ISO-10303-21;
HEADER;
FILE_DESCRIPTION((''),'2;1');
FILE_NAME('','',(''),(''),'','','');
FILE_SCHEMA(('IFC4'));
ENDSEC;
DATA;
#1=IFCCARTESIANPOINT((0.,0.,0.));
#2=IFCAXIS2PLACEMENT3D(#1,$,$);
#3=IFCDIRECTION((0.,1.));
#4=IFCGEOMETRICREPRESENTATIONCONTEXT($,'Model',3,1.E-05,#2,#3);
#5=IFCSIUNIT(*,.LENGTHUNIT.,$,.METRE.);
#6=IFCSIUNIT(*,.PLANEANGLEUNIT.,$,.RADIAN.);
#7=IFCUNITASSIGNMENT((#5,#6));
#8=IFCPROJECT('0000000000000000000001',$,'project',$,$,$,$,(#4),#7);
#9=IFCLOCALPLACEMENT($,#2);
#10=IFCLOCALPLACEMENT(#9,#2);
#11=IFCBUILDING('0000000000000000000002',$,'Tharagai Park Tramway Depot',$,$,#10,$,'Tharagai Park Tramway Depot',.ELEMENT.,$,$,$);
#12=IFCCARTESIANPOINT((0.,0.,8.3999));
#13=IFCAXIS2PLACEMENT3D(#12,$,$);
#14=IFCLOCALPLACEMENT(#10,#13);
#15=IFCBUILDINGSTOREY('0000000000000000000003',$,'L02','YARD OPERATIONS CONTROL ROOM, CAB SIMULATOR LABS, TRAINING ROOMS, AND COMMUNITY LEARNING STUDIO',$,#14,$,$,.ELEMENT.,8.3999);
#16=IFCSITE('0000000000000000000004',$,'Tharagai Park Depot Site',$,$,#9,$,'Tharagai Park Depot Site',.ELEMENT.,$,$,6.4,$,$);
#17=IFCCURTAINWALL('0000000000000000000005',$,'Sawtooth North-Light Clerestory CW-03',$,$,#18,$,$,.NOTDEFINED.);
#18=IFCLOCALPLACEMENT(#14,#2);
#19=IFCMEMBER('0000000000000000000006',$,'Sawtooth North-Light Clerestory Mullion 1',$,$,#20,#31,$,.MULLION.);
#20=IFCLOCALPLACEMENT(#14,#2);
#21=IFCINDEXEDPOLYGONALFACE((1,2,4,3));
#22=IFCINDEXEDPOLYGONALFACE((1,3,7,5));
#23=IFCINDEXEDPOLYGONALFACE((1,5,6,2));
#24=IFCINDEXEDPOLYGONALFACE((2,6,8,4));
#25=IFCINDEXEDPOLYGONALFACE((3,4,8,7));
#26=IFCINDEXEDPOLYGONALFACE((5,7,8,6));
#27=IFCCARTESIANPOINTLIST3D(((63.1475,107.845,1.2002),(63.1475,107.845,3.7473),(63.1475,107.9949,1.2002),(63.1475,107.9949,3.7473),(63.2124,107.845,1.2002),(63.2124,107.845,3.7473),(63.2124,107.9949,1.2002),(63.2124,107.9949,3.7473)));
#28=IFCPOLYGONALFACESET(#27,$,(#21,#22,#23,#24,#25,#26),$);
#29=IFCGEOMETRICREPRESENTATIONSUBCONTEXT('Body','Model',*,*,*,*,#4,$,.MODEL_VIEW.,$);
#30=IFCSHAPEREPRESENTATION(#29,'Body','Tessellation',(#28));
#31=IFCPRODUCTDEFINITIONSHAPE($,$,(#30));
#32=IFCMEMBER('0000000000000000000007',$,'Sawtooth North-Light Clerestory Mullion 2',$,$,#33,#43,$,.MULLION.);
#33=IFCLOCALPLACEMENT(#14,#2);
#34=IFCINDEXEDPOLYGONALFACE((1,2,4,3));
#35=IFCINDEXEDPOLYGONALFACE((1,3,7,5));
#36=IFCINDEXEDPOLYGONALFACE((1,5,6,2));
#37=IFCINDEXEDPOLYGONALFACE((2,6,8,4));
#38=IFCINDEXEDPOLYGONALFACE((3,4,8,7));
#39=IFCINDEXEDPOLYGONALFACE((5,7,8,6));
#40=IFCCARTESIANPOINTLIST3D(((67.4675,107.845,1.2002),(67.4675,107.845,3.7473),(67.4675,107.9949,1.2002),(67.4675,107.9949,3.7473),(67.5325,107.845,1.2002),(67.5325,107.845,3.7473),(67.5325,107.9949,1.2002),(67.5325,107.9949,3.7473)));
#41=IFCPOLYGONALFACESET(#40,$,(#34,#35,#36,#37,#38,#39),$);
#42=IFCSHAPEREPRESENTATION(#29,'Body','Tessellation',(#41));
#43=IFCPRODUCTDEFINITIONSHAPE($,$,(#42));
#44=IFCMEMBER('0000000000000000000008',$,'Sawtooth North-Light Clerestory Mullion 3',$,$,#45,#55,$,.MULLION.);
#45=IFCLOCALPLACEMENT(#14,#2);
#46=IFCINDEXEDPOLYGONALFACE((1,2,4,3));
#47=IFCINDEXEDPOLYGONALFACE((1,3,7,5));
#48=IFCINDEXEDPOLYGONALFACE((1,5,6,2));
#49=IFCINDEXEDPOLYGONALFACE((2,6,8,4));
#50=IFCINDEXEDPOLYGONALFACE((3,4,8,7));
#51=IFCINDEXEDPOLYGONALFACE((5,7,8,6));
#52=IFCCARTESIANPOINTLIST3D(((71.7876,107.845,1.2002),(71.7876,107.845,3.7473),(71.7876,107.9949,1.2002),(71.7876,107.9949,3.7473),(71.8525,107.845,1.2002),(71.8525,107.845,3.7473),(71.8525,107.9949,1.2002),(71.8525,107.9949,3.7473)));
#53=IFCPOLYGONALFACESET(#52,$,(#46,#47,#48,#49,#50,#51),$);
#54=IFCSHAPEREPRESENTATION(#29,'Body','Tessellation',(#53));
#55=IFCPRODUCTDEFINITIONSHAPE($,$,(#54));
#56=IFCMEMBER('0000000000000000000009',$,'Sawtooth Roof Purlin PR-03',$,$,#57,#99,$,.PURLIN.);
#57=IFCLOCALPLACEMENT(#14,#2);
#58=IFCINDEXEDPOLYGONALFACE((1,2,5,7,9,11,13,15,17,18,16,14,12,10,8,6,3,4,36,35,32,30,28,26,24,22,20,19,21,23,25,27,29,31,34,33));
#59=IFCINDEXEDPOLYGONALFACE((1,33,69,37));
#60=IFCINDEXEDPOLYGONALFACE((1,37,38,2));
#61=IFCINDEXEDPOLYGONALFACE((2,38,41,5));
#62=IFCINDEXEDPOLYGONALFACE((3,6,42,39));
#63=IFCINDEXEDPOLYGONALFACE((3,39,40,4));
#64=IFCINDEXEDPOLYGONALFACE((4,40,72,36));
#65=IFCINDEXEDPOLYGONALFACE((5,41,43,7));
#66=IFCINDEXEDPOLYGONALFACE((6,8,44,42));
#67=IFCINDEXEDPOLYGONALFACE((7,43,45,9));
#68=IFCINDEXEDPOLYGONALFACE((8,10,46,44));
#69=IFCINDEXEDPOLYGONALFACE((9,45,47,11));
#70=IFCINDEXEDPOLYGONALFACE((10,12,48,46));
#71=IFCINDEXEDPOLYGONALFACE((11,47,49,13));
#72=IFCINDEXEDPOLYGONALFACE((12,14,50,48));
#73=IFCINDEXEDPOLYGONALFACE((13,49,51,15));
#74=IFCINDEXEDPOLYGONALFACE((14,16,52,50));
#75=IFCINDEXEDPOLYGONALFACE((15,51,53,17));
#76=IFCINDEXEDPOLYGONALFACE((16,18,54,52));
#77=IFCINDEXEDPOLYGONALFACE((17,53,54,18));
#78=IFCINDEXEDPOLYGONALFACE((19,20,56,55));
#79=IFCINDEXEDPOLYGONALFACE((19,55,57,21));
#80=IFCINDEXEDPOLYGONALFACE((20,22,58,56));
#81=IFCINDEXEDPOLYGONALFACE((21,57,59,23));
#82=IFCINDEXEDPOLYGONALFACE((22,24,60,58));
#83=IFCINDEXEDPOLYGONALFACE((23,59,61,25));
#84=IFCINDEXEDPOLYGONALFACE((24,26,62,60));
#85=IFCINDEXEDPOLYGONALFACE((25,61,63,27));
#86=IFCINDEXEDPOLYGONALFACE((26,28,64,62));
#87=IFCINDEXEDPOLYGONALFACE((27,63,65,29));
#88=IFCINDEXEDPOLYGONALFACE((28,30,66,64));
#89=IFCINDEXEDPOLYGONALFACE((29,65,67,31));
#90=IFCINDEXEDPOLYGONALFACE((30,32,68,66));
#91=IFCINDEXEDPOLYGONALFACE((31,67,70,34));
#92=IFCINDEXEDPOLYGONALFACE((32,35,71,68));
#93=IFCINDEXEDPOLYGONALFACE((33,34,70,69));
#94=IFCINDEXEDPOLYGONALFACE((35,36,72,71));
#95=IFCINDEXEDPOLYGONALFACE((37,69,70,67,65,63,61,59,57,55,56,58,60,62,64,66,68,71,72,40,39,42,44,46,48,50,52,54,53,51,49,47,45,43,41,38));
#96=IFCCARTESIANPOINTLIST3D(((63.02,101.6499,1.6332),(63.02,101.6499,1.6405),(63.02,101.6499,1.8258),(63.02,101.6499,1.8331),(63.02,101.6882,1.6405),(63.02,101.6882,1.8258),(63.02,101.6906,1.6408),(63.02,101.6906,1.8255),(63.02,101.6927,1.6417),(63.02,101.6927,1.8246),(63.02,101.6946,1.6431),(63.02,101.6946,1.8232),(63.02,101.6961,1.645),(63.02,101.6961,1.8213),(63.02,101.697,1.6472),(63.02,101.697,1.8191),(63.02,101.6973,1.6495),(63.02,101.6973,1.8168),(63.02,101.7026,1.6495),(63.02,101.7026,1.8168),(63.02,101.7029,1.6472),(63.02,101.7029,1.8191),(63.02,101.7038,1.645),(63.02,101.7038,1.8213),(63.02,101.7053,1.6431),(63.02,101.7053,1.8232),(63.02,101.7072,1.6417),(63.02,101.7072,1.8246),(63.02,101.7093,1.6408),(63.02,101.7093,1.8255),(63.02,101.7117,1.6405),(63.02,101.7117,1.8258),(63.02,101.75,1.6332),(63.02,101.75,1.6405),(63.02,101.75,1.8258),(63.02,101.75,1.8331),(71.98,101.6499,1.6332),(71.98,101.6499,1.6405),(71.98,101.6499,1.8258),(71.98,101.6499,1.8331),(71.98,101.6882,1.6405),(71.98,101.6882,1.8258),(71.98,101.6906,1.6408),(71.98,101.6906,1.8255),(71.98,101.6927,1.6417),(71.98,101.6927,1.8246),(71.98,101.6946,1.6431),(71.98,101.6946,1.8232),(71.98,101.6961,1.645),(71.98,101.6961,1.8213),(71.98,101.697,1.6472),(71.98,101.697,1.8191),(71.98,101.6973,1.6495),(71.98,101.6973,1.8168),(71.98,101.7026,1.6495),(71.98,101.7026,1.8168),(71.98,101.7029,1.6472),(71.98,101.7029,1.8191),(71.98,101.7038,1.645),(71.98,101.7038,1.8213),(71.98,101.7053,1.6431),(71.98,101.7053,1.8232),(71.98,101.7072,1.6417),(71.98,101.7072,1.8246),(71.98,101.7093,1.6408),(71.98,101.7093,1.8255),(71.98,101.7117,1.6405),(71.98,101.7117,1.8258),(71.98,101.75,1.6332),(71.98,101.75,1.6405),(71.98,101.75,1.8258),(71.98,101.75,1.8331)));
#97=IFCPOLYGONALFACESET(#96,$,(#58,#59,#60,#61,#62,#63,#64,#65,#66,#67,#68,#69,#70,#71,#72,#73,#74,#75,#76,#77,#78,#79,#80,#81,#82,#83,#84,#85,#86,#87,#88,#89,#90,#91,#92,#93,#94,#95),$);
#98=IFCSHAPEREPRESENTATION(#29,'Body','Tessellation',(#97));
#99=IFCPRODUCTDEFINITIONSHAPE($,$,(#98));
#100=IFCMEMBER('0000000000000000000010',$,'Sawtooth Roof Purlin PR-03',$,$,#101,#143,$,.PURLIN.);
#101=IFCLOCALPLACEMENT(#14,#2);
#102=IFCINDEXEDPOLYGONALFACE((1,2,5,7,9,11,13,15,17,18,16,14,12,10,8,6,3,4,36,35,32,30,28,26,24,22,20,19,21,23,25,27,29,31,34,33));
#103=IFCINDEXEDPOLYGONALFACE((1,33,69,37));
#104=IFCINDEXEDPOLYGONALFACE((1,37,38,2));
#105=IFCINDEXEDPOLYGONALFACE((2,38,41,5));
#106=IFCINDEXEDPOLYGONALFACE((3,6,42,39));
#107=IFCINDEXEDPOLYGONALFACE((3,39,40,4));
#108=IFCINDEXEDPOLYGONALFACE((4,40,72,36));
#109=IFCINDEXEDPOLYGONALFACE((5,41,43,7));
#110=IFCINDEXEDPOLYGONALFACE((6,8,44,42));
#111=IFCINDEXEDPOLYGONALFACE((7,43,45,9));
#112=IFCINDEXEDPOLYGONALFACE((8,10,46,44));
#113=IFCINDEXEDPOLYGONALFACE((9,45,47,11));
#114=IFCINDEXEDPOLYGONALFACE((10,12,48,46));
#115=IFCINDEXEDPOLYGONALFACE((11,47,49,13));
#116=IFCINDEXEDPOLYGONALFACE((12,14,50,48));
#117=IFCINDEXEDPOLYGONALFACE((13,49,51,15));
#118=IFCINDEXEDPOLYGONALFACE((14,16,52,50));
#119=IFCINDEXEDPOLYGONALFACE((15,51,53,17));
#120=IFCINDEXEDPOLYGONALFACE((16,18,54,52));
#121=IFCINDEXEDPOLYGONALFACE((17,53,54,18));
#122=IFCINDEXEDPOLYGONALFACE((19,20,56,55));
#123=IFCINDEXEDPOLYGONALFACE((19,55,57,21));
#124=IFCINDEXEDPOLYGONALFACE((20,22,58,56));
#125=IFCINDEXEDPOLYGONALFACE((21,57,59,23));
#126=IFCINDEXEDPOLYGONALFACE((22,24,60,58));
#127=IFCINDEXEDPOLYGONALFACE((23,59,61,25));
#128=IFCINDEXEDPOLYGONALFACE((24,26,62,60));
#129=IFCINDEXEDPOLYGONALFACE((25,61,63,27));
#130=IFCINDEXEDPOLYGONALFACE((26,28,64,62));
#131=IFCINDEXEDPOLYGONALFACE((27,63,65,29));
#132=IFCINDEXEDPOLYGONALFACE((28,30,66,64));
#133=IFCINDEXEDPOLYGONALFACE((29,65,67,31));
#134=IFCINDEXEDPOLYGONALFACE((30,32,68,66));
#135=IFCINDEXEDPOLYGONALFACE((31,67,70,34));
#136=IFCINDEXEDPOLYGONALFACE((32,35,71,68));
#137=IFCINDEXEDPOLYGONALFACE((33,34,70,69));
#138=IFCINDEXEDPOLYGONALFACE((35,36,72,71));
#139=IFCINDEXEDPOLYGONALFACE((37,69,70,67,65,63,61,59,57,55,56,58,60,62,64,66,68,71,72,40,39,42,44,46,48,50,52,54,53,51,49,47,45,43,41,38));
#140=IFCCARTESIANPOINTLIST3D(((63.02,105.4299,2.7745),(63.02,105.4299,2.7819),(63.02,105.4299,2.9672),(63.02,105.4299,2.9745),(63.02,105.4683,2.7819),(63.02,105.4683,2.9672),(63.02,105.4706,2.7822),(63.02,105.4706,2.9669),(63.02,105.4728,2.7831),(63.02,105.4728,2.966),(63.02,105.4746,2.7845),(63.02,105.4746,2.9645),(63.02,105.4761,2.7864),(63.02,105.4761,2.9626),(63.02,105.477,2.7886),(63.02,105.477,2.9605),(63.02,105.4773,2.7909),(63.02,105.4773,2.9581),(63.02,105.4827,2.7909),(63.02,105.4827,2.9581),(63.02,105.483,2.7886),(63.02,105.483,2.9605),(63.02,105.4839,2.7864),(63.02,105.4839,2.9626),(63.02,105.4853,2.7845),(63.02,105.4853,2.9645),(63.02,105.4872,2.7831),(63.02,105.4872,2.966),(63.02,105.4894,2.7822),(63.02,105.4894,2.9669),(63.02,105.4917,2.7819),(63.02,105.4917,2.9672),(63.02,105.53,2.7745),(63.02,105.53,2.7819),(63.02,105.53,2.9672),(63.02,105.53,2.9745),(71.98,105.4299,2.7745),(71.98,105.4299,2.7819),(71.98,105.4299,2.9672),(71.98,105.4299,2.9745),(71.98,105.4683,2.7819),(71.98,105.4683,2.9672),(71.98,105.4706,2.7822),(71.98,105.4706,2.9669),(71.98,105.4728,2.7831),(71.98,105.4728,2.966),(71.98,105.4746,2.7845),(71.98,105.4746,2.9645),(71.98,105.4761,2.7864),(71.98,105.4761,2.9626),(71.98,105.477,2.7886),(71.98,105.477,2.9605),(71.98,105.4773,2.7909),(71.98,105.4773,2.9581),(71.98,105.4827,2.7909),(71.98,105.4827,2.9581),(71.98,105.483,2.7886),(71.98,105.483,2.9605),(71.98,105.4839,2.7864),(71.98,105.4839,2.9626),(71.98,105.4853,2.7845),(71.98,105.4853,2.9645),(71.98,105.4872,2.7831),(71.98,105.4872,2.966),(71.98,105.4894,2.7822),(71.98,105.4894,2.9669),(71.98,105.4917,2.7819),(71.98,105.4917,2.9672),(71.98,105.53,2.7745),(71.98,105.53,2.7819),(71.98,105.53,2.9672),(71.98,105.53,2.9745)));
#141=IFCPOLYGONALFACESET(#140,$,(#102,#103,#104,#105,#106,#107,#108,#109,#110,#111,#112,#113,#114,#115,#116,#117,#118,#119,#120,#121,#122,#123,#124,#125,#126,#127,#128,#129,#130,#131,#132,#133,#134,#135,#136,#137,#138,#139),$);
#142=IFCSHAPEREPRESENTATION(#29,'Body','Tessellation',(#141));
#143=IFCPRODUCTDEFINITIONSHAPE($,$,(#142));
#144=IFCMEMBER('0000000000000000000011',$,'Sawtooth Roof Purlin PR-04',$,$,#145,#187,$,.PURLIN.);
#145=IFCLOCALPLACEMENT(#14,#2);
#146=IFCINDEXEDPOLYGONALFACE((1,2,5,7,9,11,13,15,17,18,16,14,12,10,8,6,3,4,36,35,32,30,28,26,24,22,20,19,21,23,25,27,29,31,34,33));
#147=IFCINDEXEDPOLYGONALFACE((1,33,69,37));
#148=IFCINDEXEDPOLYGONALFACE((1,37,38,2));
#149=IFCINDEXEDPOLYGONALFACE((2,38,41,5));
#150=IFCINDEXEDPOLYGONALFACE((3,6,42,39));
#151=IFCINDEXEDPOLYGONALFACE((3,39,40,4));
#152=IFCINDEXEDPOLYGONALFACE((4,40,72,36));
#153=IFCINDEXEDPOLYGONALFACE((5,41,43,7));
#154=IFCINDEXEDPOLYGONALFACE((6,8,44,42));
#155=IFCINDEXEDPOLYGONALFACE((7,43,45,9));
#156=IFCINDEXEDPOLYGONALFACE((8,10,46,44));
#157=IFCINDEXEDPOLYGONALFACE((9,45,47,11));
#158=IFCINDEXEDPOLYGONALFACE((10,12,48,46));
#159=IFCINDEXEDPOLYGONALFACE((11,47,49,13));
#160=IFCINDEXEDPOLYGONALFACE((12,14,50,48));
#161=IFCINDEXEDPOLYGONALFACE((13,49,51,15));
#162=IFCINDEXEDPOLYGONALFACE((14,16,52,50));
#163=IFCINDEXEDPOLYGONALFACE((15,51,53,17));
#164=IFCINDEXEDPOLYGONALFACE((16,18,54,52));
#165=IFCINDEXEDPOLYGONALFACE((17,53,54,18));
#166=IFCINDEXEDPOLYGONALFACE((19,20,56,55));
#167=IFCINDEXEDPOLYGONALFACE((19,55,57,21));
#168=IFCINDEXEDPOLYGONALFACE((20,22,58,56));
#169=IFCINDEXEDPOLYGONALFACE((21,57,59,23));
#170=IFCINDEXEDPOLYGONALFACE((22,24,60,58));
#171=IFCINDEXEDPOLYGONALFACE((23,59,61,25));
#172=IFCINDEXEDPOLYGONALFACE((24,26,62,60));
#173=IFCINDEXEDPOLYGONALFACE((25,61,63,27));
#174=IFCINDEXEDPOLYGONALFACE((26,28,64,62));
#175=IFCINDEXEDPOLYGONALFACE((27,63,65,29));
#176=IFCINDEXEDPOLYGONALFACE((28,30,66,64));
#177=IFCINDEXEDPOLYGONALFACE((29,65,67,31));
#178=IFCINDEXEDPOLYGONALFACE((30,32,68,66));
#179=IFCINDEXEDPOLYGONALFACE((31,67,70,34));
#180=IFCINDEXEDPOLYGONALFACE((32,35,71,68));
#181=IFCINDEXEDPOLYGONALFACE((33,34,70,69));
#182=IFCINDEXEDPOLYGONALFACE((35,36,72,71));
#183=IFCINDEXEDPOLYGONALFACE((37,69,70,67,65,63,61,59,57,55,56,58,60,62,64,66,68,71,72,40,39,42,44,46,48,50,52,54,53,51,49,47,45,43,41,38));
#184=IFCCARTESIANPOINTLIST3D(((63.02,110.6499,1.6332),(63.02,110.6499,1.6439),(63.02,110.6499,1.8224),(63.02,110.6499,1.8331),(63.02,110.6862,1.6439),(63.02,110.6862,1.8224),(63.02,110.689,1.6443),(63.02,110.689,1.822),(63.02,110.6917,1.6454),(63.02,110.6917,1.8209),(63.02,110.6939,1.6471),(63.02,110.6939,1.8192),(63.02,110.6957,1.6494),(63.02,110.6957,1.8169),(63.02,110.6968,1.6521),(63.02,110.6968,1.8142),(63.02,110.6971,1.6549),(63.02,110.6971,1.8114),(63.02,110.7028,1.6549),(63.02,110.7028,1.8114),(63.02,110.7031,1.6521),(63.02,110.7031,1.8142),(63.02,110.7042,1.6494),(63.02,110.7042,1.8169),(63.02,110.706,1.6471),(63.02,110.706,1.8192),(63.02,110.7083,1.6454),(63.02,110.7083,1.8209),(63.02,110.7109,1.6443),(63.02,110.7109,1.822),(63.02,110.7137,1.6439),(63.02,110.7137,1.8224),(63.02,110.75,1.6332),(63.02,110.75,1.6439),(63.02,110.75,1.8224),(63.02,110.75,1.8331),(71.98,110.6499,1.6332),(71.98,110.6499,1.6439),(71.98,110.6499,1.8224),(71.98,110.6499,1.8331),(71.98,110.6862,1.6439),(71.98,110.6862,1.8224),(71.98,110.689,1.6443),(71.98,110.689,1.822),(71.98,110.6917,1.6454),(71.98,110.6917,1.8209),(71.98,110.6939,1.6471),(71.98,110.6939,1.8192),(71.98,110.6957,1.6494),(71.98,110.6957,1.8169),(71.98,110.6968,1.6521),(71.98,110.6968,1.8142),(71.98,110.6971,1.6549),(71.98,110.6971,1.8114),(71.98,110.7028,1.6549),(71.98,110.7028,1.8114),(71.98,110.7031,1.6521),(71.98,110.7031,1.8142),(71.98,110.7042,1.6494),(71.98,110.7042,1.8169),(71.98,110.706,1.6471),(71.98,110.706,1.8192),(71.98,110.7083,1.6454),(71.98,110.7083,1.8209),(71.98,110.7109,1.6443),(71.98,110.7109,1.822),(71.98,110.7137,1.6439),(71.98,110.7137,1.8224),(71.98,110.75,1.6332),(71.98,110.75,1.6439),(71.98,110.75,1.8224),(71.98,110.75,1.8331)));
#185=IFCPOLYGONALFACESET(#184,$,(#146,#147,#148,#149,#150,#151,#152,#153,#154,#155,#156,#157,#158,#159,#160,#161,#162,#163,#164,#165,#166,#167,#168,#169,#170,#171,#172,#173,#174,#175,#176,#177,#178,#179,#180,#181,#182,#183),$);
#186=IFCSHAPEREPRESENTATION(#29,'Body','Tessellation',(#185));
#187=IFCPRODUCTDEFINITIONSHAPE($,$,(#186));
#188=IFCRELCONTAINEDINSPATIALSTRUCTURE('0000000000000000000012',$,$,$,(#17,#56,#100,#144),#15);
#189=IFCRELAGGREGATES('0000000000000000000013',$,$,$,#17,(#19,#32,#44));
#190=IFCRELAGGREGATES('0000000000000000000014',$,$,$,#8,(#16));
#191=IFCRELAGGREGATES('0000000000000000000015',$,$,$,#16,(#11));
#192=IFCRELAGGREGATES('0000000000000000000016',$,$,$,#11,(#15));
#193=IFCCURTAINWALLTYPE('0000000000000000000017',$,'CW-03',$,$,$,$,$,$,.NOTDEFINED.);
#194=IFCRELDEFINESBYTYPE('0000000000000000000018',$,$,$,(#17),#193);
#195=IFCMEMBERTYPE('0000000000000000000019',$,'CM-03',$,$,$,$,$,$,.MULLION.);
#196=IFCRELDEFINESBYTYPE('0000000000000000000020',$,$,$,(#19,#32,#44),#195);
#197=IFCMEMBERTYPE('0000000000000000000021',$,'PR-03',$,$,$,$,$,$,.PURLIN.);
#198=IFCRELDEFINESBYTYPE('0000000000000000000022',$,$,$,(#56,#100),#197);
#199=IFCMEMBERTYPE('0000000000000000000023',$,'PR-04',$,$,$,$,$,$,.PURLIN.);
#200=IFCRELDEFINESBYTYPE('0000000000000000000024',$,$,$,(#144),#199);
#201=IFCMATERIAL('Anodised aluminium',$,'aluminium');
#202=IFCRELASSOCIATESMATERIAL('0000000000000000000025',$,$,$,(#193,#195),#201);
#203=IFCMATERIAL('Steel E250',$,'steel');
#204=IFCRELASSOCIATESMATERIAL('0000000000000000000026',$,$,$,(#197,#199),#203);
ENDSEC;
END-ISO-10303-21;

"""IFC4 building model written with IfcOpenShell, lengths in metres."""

from ifc_helpers import new_model, si_unit, direction, frame, origin, origin_2d, place, context, subcontext, project, spatial, rectangle, i_section, extrude, material, material_profile, profile_set, type_object, element, aggregate, save


model = new_model("IFC4")

# Units and contexts
model_context = context("Model", 3, precision=1e-05, world=origin(), true_north=direction((0.0, 1.0)))
body_context = subcontext(model_context, "Body", "Model", "MODEL_VIEW")
ifc_project = project(units=[si_unit("LENGTHUNIT", "METRE"), si_unit("PLANEANGLEUNIT", "RADIAN")], contexts=[model_context])

# Site, building, storey
site_placement = place(None, origin())
site = spatial("IfcSite", under=ifc_project, at=site_placement, Name="Tharagai Park Depot Site", LongName="Tharagai Park Depot Site", CompositionType="ELEMENT", RefElevation=6.4)
building_placement = place(site_placement, origin())
building = spatial("IfcBuilding", under=site, at=building_placement, Name="Tharagai Park Tramway Depot", LongName="Tharagai Park Tramway Depot", CompositionType="ELEMENT")
storey_placement = place(building_placement, frame((0.0, 0.0, 8.3999)))
storey = spatial("IfcBuildingStorey", under=building, at=storey_placement, Name="L02", Description="YARD OPERATIONS CONTROL ROOM, CAB SIMULATOR LABS, TRAINING ROOMS, AND COMMUNITY LEARNING STUDIO", CompositionType="ELEMENT", Elevation=8.3999)

# Curtain wall
ifc_material_1 = material(Name="Anodised aluminium", Category="aluminium")
curtain_wall_type = type_object("IfcCurtainWallType", Name="CW-03", PredefinedType="NOTDEFINED", material=ifc_material_1)
curtain_wall_1_placement = place(storey_placement, origin())
curtain_wall_1 = element("IfcCurtainWall", 1, at=curtain_wall_1_placement, inside=storey, type_object=curtain_wall_type, Name="Sawtooth North-Light Clerestory CW-03", PredefinedType="NOTDEFINED")

# Shared definitions
ifc_material_profile_1 = material_profile(ifc_material_1, rectangle(XDim=0.0649, YDim=0.1499, at=origin_2d()), Name="ALU 65x150")
ifc_profile_set_1 = profile_set([ifc_material_profile_1], Name="Anodised aluminium")
member_type_1 = type_object("IfcMemberType", Name="CM-03", PredefinedType="MULLION", material=ifc_profile_set_1)

# Members
member_1_placement = place(storey_placement, frame((63.1799, 107.9199, 1.2002), z_axis=(0.0, 0.0, 1.0), x_axis=(1.0, 0.0, 0.0)))
member_1 = element("IfcMember", 2, at=member_1_placement, type_object=member_type_1, Name="Sawtooth North-Light Clerestory Mullion 1", PredefinedType="MULLION", context=body_context, shape_type="SweptSolid", body=[
    extrude(rectangle(XDim=0.0649, YDim=0.1499, at=origin_2d()), origin(), (0.0, 0.0, 1.0), 2.5471),
])
member_2_placement = place(storey_placement, frame((67.5, 107.9199, 1.2002), z_axis=(0.0, 0.0, 1.0), x_axis=(1.0, 0.0, 0.0)))
member_2 = element("IfcMember", 3, at=member_2_placement, type_object=member_type_1, Name="Sawtooth North-Light Clerestory Mullion 2", PredefinedType="MULLION", context=body_context, shape_type="SweptSolid", body=[
    extrude(rectangle(XDim=0.0649, YDim=0.1499, at=origin_2d()), origin(), (0.0, 0.0, 1.0), 2.5471),
])
member_3_placement = place(storey_placement, frame((71.8201, 107.9199, 1.2002), z_axis=(0.0, 0.0, 1.0), x_axis=(1.0, 0.0, 0.0)))
member_3 = element("IfcMember", 4, at=member_3_placement, type_object=member_type_1, Name="Sawtooth North-Light Clerestory Mullion 3", PredefinedType="MULLION", context=body_context, shape_type="SweptSolid", body=[
    extrude(rectangle(XDim=0.0649, YDim=0.1499, at=origin_2d()), origin(), (0.0, 0.0, 1.0), 2.5471),
])

# Members
ifc_material_2 = material(Name="Steel E250", Category="steel")
ifc_material_profile_2 = material_profile(ifc_material_2, i_section(OverallWidth=0.1001, OverallDepth=0.2, WebThickness=0.0054, FlangeThickness=0.0073, FilletRadius=0.009, at=origin_2d()), Name="ISLB 200")
ifc_profile_set_2 = profile_set([ifc_material_profile_2], Name="Steel E250")
member_type_2 = type_object("IfcMemberType", Name="PR-03", PredefinedType="PURLIN", material=ifc_profile_set_2)
for number, where, z_axis, x_axis, name in (
    (5, (63.02, 101.7, 1.7332), (1.0, 0.0, 0.0), (0.0, 1.0, 0.0), "Sawtooth Roof Purlin PR-03"),
    (6, (63.02, 105.48, 2.8745), (1.0, 0.0, 0.0), (0.0, 1.0, 0.0), "Sawtooth Roof Purlin PR-03"),
):
    element("IfcMember", number, at=place(storey_placement, frame(where, z_axis=z_axis, x_axis=x_axis)), inside=storey, type_object=member_type_2, Name=name, PredefinedType="PURLIN", context=body_context, shape_type="SweptSolid", body=[
        extrude(i_section(OverallWidth=0.1001, OverallDepth=0.2, WebThickness=0.0054, FlangeThickness=0.0073, FilletRadius=0.009, at=origin_2d()), origin(), (0.0, 0.0, 1.0), 8.96),
    ])
ifc_material_profile_3 = material_profile(ifc_material_2, i_section(OverallWidth=0.1001, OverallDepth=0.2, WebThickness=0.0056, FlangeThickness=0.0107, FilletRadius=0.011, at=origin_2d()), Name="ISMB 200")
ifc_profile_set_3 = profile_set([ifc_material_profile_3], Name="Steel E250")
member_type_3 = type_object("IfcMemberType", Name="PR-04", PredefinedType="PURLIN", material=ifc_profile_set_3)
member_4_placement = place(storey_placement, frame((63.02, 110.7, 1.7332), z_axis=(1.0, 0.0, 0.0), x_axis=(0.0, 1.0, 0.0)))
element("IfcMember", 7, at=member_4_placement, inside=storey, type_object=member_type_3, Name="Sawtooth Roof Purlin PR-04", PredefinedType="PURLIN", context=body_context, shape_type="SweptSolid", body=[
    extrude(i_section(OverallWidth=0.1001, OverallDepth=0.2, WebThickness=0.0056, FlangeThickness=0.0107, FilletRadius=0.011, at=origin_2d()), origin(), (0.0, 0.0, 1.0), 8.96),
])

aggregate(curtain_wall_1, [member_1, member_2, member_3])

save(model, "model.ifc")
